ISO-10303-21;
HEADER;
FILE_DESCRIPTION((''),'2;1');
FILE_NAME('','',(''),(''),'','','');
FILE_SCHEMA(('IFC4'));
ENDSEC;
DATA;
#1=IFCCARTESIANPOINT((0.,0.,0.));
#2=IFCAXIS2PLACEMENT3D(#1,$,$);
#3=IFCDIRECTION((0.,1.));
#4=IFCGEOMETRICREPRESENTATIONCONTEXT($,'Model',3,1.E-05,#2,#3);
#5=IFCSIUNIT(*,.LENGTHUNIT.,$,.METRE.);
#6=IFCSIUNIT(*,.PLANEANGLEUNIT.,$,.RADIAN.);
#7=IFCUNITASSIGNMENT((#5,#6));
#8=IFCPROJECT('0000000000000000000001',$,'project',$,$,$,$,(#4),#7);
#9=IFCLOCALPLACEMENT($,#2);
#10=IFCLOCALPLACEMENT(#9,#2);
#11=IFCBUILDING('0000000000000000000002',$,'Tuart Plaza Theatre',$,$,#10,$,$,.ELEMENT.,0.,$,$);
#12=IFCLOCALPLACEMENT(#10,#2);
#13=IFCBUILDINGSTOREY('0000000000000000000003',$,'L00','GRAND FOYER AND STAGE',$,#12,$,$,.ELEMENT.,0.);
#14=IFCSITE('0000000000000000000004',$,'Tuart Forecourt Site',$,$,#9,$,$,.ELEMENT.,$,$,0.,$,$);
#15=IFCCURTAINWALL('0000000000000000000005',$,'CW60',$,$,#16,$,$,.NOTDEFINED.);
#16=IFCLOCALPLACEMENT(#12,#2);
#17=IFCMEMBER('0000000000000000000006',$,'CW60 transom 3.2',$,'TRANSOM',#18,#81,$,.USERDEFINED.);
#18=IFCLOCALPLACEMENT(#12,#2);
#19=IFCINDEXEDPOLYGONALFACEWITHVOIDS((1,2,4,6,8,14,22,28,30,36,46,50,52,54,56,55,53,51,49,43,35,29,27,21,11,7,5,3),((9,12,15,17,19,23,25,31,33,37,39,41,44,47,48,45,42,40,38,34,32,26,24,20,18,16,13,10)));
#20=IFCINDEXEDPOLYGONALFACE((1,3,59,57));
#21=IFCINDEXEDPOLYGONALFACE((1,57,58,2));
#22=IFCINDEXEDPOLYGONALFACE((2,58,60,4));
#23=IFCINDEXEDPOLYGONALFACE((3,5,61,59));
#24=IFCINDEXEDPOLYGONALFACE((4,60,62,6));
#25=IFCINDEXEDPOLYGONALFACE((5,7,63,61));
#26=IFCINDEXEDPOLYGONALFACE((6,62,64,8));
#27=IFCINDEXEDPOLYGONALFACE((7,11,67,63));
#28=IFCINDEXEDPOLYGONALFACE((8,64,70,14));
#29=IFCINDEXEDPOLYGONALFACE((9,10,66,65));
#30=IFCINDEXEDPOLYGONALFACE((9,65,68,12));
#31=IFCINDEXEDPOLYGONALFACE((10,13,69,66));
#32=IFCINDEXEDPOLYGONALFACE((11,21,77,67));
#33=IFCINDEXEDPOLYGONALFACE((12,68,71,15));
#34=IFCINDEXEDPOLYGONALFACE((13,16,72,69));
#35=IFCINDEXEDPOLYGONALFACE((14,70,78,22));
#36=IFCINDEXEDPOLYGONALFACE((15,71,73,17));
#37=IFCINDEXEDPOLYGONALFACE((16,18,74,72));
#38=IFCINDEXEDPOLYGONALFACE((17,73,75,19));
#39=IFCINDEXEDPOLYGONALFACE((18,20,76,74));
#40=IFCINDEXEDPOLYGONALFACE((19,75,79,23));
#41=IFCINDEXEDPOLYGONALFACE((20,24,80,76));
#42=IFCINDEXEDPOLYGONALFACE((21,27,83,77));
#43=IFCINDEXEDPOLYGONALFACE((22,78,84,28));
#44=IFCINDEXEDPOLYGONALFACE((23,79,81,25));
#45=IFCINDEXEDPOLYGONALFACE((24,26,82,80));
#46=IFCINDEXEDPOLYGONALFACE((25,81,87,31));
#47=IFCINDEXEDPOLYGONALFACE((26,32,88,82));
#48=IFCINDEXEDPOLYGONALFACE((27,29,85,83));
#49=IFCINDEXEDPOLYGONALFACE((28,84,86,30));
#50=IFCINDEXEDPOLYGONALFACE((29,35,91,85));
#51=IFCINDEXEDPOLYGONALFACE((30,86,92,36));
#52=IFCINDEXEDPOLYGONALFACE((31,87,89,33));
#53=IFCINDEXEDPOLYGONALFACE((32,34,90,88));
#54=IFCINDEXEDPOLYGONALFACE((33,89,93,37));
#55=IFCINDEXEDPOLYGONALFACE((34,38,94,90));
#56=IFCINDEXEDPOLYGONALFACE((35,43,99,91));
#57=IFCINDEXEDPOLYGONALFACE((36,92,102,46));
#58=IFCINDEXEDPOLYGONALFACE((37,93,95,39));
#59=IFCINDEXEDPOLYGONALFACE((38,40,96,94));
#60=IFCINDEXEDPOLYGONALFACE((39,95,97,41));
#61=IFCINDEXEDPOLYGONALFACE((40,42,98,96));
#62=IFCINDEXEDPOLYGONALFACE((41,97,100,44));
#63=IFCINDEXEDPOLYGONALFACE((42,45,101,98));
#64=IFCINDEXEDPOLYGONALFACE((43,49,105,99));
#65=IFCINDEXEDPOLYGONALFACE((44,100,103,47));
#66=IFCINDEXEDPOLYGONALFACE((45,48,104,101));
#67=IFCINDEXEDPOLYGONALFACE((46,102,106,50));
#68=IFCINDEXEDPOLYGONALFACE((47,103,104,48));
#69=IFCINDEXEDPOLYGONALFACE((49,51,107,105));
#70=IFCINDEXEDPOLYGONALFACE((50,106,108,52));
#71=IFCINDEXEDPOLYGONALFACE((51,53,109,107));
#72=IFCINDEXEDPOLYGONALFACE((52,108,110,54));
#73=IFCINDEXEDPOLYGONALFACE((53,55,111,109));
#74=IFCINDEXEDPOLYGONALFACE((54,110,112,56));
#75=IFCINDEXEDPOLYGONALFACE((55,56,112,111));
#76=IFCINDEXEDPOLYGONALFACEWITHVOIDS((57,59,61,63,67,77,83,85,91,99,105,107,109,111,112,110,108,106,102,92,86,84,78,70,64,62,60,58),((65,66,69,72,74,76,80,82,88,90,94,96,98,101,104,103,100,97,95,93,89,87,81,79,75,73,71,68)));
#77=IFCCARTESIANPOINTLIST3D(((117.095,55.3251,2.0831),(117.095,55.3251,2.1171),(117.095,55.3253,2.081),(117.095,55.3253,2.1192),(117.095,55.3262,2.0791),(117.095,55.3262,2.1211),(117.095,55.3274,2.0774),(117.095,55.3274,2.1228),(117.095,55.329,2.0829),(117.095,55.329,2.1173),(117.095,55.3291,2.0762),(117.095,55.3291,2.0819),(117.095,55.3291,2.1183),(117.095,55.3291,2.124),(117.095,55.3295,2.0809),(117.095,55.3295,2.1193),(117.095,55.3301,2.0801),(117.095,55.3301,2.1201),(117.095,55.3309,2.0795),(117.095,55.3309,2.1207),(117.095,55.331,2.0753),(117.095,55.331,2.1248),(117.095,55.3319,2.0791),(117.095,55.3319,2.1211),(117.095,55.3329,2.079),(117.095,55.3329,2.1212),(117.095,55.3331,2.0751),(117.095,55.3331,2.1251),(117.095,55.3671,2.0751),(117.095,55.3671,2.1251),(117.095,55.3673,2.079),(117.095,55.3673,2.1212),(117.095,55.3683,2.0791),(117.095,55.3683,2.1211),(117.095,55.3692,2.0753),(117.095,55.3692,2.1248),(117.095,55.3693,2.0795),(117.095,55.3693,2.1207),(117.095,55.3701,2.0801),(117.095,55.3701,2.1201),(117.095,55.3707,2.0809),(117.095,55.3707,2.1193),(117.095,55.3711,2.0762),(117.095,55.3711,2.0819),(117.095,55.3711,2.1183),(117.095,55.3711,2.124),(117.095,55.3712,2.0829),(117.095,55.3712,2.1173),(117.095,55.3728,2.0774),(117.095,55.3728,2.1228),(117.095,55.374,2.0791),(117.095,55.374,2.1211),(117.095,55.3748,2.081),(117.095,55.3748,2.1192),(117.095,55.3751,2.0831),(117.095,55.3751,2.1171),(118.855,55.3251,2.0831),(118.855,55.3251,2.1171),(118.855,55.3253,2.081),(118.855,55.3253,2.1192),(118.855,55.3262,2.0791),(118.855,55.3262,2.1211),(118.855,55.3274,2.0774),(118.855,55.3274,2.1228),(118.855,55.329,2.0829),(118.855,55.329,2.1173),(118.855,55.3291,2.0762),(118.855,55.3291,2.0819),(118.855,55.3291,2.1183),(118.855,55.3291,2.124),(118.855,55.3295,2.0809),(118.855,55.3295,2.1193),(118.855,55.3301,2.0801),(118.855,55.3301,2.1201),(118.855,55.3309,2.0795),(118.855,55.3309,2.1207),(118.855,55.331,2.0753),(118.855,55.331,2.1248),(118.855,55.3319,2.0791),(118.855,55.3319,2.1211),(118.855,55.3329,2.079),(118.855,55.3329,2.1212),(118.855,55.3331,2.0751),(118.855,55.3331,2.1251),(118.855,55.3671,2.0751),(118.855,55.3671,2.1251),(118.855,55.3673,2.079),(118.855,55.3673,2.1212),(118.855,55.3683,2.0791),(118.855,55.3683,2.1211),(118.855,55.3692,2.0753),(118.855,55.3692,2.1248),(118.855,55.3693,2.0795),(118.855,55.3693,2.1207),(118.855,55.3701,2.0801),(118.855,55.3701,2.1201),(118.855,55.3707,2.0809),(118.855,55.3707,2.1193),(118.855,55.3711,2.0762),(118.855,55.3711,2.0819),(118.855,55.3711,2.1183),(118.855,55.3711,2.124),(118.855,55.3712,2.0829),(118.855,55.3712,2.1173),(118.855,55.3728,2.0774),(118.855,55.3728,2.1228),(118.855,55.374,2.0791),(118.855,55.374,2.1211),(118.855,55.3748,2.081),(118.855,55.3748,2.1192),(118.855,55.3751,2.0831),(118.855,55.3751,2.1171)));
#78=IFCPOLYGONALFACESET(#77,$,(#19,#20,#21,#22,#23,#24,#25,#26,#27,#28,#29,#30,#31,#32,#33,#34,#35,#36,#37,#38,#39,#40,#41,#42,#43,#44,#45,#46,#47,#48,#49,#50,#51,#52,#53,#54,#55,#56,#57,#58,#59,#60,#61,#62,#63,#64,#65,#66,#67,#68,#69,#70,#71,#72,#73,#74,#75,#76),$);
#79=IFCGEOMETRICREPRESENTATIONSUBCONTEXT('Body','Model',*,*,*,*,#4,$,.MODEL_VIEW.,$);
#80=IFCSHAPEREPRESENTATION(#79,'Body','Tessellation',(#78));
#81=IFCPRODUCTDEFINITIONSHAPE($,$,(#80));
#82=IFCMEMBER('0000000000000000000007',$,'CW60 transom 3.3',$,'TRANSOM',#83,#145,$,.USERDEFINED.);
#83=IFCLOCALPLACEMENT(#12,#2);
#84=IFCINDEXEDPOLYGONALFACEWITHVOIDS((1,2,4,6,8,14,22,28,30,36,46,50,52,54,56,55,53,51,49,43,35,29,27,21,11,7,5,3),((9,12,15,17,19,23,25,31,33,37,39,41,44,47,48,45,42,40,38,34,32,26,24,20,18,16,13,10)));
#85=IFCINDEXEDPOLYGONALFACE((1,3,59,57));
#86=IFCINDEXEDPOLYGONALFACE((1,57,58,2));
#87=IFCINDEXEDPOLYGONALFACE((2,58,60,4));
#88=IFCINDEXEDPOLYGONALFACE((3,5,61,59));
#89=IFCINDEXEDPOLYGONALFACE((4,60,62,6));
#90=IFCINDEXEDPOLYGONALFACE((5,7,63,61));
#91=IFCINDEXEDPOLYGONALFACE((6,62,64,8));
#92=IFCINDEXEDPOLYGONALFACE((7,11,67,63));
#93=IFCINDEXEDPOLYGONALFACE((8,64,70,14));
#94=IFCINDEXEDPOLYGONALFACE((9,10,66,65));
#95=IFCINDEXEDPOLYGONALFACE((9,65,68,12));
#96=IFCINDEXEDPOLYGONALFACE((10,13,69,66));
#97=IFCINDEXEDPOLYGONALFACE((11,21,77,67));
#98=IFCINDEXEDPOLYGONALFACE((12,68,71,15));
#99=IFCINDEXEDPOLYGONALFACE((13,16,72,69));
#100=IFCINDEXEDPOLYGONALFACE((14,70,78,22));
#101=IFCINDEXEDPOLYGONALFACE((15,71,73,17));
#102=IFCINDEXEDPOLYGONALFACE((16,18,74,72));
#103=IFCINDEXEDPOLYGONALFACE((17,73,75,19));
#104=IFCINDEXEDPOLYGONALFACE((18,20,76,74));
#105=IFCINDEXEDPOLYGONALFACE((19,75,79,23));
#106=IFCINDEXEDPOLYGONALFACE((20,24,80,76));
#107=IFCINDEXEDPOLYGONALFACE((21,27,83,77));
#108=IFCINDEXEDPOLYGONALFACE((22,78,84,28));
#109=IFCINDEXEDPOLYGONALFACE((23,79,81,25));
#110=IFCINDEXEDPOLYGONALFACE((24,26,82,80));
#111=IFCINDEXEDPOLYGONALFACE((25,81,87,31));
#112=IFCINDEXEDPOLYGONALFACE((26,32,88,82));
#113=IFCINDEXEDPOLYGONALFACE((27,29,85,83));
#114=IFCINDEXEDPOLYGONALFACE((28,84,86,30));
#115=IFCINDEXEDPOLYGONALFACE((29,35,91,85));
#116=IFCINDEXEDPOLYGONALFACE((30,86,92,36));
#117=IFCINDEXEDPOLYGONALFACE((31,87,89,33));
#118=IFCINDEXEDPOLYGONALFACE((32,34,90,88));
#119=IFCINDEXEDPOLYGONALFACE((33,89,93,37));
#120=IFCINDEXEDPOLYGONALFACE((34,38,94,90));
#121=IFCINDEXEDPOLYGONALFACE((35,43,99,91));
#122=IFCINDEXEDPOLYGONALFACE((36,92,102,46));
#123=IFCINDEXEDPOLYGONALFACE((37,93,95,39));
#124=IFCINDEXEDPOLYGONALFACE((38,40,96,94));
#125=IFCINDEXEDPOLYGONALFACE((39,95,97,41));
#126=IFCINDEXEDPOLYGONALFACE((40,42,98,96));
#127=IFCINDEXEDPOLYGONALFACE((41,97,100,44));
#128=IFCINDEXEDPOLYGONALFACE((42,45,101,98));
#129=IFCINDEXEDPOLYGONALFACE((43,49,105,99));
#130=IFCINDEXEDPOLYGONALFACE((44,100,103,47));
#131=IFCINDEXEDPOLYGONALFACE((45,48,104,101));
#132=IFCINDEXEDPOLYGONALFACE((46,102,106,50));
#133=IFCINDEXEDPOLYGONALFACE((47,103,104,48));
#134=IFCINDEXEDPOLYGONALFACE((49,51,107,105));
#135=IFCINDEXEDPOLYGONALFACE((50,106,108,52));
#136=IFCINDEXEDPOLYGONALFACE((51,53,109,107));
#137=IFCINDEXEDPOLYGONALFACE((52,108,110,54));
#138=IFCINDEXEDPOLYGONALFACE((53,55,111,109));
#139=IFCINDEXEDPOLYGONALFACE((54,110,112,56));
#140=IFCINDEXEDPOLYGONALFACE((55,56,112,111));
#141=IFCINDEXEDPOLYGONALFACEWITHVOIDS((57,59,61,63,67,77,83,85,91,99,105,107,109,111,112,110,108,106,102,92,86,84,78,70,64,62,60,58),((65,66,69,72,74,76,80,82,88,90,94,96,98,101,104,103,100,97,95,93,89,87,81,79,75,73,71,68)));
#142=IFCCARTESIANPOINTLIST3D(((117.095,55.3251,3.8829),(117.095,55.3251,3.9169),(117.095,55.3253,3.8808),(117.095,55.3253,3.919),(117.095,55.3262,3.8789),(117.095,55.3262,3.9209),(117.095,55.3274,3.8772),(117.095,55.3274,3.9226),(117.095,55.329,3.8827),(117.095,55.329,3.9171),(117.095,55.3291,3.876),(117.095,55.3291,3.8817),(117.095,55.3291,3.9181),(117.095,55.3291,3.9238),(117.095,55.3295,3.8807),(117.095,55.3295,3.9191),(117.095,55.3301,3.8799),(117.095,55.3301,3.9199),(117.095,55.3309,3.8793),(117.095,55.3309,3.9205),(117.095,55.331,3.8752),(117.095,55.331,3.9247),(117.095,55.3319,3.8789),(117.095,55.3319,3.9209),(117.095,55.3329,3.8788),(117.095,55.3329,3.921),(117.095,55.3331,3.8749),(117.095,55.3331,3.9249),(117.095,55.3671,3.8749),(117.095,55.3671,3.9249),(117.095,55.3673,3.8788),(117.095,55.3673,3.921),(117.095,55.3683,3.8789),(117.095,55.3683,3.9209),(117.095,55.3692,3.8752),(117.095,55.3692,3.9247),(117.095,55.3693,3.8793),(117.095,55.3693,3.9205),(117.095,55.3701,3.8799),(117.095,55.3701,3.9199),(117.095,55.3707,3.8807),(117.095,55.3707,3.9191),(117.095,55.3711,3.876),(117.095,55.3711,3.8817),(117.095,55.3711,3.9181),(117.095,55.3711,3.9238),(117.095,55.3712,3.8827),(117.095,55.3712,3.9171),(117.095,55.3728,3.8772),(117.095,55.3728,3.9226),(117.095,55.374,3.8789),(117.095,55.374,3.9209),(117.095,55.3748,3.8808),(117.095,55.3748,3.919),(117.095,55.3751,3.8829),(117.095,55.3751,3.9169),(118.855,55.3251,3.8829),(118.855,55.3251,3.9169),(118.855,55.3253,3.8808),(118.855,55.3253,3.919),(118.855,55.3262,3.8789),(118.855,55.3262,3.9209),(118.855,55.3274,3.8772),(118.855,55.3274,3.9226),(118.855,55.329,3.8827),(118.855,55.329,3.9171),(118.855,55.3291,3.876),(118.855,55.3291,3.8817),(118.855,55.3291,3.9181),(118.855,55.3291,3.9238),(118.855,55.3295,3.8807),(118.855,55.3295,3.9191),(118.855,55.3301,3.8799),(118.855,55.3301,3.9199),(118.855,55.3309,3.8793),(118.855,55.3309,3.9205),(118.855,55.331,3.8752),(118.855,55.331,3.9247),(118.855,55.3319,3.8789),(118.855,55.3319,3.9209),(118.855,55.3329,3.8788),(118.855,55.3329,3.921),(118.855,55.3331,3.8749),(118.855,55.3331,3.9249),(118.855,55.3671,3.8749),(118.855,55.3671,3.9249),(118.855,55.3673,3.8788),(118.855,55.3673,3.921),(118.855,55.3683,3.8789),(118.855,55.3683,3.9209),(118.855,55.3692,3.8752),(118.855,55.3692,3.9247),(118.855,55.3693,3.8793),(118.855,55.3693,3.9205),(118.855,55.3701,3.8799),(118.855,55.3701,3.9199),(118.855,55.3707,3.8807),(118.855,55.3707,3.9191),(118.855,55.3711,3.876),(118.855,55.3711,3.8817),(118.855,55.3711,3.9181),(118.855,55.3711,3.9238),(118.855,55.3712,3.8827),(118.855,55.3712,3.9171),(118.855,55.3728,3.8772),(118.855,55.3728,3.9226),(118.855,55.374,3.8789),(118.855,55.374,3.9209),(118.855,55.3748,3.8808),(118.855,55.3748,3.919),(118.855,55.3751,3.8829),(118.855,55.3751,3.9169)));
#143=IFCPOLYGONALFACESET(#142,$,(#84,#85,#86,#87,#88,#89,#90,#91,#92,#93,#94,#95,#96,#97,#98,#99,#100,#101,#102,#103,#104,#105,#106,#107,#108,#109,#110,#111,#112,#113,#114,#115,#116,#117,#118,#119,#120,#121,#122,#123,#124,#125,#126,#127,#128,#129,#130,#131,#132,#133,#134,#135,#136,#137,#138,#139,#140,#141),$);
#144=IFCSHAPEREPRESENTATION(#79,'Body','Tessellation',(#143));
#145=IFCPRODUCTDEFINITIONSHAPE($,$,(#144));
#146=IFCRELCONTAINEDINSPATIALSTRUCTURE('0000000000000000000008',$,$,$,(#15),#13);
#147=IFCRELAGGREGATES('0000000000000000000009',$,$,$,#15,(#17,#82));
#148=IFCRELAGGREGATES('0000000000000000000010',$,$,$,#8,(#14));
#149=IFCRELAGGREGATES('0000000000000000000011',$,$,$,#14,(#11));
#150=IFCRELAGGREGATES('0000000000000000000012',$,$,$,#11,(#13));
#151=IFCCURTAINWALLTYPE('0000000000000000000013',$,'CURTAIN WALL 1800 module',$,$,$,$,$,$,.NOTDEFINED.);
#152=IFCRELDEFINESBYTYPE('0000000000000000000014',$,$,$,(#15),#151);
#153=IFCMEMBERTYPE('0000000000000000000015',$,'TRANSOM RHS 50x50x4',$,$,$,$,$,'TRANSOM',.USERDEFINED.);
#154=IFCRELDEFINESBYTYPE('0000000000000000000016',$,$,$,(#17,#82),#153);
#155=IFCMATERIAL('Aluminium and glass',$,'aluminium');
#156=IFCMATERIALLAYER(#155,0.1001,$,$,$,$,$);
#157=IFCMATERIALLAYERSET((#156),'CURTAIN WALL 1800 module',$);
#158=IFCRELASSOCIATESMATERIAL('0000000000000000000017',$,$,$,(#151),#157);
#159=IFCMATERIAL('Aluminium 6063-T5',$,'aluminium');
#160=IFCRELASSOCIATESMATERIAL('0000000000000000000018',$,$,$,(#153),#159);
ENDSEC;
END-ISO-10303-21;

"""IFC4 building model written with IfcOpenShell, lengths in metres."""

from ifc_helpers import new_model, si_unit, direction, frame, origin, origin_2d, place, context, subcontext, project, spatial, hollow_rectangle, extrude, material, layer, layer_set, material_profile, profile_set, type_object, element, aggregate, save


model = new_model("IFC4")

# Units and contexts
model_context = context("Model", 3, precision=1e-05, world=origin(), true_north=direction((0.0, 1.0)))
body_context = subcontext(model_context, "Body", "Model", "MODEL_VIEW")
ifc_project = project(units=[si_unit("LENGTHUNIT", "METRE"), si_unit("PLANEANGLEUNIT", "RADIAN")], contexts=[model_context])

# Site, building, storey
site_placement = place(None, origin())
site = spatial("IfcSite", under=ifc_project, at=site_placement, Name="Tuart Forecourt Site", CompositionType="ELEMENT", RefElevation=0.0)
building_placement = place(site_placement, origin())
building = spatial("IfcBuilding", under=site, at=building_placement, Name="Tuart Plaza Theatre", CompositionType="ELEMENT", ElevationOfRefHeight=0.0)
storey_placement = place(building_placement, origin())
storey = spatial("IfcBuildingStorey", under=building, at=storey_placement, Name="L00", Description="GRAND FOYER AND STAGE", CompositionType="ELEMENT", Elevation=0.0)

# Curtain wall, members
ifc_material_1 = material(Name="Aluminium and glass", Category="aluminium")
ifc_layer_1 = layer(ifc_material_1, 0.1001)
ifc_layer_set_1 = layer_set([ifc_layer_1], Name="CURTAIN WALL 1800 module")
curtain_wall_type = type_object("IfcCurtainWallType", Name="CURTAIN WALL 1800 module", PredefinedType="NOTDEFINED", material=ifc_layer_set_1)
curtain_wall_placement = place(storey_placement, origin())
curtain_wall = element("IfcCurtainWall", 1, at=curtain_wall_placement, inside=storey, type_object=curtain_wall_type, Name="CW60", PredefinedType="NOTDEFINED")
ifc_material_2 = material(Name="Aluminium 6063-T5", Category="aluminium")
ifc_material_profile_1 = material_profile(ifc_material_2, hollow_rectangle(XDim=0.05, YDim=0.05, WallThickness=0.0039, InnerFilletRadius=0.0039, OuterFilletRadius=0.0081, at=origin_2d()), Name="RHS 50x50x4")
ifc_profile_set_1 = profile_set([ifc_material_profile_1], Name="Aluminium 6063-T5")
member_type_1 = type_object("IfcMemberType", Name="TRANSOM RHS 50x50x4", ElementType="TRANSOM", PredefinedType="USERDEFINED", material=ifc_profile_set_1)
member_1_placement = place(storey_placement, frame((117.095, 55.3501, 2.1001), z_axis=(1.0, 0.0, 0.0), x_axis=(0.0, 1.0, 0.0)))
member_1 = element("IfcMember", 2, at=member_1_placement, type_object=member_type_1, Name="CW60 transom 3.2", ObjectType="TRANSOM", PredefinedType="USERDEFINED", context=body_context, shape_type="SweptSolid", body=[
    extrude(hollow_rectangle(XDim=0.05, YDim=0.05, WallThickness=0.0039, InnerFilletRadius=0.0039, OuterFilletRadius=0.0081, at=origin_2d()), origin(), (0.0, 0.0, 1.0), 1.76),
])
member_2_placement = place(storey_placement, frame((117.095, 55.3501, 3.8999), z_axis=(1.0, 0.0, 0.0), x_axis=(0.0, 1.0, 0.0)))
member_2 = element("IfcMember", 3, at=member_2_placement, type_object=member_type_1, Name="CW60 transom 3.3", ObjectType="TRANSOM", PredefinedType="USERDEFINED", context=body_context, shape_type="SweptSolid", body=[
    extrude(hollow_rectangle(XDim=0.05, YDim=0.05, WallThickness=0.0039, InnerFilletRadius=0.0039, OuterFilletRadius=0.0081, at=origin_2d()), origin(), (0.0, 0.0, 1.0), 1.76),
])
aggregate(curtain_wall, [member_1, member_2])

save(model, "model.ifc")
